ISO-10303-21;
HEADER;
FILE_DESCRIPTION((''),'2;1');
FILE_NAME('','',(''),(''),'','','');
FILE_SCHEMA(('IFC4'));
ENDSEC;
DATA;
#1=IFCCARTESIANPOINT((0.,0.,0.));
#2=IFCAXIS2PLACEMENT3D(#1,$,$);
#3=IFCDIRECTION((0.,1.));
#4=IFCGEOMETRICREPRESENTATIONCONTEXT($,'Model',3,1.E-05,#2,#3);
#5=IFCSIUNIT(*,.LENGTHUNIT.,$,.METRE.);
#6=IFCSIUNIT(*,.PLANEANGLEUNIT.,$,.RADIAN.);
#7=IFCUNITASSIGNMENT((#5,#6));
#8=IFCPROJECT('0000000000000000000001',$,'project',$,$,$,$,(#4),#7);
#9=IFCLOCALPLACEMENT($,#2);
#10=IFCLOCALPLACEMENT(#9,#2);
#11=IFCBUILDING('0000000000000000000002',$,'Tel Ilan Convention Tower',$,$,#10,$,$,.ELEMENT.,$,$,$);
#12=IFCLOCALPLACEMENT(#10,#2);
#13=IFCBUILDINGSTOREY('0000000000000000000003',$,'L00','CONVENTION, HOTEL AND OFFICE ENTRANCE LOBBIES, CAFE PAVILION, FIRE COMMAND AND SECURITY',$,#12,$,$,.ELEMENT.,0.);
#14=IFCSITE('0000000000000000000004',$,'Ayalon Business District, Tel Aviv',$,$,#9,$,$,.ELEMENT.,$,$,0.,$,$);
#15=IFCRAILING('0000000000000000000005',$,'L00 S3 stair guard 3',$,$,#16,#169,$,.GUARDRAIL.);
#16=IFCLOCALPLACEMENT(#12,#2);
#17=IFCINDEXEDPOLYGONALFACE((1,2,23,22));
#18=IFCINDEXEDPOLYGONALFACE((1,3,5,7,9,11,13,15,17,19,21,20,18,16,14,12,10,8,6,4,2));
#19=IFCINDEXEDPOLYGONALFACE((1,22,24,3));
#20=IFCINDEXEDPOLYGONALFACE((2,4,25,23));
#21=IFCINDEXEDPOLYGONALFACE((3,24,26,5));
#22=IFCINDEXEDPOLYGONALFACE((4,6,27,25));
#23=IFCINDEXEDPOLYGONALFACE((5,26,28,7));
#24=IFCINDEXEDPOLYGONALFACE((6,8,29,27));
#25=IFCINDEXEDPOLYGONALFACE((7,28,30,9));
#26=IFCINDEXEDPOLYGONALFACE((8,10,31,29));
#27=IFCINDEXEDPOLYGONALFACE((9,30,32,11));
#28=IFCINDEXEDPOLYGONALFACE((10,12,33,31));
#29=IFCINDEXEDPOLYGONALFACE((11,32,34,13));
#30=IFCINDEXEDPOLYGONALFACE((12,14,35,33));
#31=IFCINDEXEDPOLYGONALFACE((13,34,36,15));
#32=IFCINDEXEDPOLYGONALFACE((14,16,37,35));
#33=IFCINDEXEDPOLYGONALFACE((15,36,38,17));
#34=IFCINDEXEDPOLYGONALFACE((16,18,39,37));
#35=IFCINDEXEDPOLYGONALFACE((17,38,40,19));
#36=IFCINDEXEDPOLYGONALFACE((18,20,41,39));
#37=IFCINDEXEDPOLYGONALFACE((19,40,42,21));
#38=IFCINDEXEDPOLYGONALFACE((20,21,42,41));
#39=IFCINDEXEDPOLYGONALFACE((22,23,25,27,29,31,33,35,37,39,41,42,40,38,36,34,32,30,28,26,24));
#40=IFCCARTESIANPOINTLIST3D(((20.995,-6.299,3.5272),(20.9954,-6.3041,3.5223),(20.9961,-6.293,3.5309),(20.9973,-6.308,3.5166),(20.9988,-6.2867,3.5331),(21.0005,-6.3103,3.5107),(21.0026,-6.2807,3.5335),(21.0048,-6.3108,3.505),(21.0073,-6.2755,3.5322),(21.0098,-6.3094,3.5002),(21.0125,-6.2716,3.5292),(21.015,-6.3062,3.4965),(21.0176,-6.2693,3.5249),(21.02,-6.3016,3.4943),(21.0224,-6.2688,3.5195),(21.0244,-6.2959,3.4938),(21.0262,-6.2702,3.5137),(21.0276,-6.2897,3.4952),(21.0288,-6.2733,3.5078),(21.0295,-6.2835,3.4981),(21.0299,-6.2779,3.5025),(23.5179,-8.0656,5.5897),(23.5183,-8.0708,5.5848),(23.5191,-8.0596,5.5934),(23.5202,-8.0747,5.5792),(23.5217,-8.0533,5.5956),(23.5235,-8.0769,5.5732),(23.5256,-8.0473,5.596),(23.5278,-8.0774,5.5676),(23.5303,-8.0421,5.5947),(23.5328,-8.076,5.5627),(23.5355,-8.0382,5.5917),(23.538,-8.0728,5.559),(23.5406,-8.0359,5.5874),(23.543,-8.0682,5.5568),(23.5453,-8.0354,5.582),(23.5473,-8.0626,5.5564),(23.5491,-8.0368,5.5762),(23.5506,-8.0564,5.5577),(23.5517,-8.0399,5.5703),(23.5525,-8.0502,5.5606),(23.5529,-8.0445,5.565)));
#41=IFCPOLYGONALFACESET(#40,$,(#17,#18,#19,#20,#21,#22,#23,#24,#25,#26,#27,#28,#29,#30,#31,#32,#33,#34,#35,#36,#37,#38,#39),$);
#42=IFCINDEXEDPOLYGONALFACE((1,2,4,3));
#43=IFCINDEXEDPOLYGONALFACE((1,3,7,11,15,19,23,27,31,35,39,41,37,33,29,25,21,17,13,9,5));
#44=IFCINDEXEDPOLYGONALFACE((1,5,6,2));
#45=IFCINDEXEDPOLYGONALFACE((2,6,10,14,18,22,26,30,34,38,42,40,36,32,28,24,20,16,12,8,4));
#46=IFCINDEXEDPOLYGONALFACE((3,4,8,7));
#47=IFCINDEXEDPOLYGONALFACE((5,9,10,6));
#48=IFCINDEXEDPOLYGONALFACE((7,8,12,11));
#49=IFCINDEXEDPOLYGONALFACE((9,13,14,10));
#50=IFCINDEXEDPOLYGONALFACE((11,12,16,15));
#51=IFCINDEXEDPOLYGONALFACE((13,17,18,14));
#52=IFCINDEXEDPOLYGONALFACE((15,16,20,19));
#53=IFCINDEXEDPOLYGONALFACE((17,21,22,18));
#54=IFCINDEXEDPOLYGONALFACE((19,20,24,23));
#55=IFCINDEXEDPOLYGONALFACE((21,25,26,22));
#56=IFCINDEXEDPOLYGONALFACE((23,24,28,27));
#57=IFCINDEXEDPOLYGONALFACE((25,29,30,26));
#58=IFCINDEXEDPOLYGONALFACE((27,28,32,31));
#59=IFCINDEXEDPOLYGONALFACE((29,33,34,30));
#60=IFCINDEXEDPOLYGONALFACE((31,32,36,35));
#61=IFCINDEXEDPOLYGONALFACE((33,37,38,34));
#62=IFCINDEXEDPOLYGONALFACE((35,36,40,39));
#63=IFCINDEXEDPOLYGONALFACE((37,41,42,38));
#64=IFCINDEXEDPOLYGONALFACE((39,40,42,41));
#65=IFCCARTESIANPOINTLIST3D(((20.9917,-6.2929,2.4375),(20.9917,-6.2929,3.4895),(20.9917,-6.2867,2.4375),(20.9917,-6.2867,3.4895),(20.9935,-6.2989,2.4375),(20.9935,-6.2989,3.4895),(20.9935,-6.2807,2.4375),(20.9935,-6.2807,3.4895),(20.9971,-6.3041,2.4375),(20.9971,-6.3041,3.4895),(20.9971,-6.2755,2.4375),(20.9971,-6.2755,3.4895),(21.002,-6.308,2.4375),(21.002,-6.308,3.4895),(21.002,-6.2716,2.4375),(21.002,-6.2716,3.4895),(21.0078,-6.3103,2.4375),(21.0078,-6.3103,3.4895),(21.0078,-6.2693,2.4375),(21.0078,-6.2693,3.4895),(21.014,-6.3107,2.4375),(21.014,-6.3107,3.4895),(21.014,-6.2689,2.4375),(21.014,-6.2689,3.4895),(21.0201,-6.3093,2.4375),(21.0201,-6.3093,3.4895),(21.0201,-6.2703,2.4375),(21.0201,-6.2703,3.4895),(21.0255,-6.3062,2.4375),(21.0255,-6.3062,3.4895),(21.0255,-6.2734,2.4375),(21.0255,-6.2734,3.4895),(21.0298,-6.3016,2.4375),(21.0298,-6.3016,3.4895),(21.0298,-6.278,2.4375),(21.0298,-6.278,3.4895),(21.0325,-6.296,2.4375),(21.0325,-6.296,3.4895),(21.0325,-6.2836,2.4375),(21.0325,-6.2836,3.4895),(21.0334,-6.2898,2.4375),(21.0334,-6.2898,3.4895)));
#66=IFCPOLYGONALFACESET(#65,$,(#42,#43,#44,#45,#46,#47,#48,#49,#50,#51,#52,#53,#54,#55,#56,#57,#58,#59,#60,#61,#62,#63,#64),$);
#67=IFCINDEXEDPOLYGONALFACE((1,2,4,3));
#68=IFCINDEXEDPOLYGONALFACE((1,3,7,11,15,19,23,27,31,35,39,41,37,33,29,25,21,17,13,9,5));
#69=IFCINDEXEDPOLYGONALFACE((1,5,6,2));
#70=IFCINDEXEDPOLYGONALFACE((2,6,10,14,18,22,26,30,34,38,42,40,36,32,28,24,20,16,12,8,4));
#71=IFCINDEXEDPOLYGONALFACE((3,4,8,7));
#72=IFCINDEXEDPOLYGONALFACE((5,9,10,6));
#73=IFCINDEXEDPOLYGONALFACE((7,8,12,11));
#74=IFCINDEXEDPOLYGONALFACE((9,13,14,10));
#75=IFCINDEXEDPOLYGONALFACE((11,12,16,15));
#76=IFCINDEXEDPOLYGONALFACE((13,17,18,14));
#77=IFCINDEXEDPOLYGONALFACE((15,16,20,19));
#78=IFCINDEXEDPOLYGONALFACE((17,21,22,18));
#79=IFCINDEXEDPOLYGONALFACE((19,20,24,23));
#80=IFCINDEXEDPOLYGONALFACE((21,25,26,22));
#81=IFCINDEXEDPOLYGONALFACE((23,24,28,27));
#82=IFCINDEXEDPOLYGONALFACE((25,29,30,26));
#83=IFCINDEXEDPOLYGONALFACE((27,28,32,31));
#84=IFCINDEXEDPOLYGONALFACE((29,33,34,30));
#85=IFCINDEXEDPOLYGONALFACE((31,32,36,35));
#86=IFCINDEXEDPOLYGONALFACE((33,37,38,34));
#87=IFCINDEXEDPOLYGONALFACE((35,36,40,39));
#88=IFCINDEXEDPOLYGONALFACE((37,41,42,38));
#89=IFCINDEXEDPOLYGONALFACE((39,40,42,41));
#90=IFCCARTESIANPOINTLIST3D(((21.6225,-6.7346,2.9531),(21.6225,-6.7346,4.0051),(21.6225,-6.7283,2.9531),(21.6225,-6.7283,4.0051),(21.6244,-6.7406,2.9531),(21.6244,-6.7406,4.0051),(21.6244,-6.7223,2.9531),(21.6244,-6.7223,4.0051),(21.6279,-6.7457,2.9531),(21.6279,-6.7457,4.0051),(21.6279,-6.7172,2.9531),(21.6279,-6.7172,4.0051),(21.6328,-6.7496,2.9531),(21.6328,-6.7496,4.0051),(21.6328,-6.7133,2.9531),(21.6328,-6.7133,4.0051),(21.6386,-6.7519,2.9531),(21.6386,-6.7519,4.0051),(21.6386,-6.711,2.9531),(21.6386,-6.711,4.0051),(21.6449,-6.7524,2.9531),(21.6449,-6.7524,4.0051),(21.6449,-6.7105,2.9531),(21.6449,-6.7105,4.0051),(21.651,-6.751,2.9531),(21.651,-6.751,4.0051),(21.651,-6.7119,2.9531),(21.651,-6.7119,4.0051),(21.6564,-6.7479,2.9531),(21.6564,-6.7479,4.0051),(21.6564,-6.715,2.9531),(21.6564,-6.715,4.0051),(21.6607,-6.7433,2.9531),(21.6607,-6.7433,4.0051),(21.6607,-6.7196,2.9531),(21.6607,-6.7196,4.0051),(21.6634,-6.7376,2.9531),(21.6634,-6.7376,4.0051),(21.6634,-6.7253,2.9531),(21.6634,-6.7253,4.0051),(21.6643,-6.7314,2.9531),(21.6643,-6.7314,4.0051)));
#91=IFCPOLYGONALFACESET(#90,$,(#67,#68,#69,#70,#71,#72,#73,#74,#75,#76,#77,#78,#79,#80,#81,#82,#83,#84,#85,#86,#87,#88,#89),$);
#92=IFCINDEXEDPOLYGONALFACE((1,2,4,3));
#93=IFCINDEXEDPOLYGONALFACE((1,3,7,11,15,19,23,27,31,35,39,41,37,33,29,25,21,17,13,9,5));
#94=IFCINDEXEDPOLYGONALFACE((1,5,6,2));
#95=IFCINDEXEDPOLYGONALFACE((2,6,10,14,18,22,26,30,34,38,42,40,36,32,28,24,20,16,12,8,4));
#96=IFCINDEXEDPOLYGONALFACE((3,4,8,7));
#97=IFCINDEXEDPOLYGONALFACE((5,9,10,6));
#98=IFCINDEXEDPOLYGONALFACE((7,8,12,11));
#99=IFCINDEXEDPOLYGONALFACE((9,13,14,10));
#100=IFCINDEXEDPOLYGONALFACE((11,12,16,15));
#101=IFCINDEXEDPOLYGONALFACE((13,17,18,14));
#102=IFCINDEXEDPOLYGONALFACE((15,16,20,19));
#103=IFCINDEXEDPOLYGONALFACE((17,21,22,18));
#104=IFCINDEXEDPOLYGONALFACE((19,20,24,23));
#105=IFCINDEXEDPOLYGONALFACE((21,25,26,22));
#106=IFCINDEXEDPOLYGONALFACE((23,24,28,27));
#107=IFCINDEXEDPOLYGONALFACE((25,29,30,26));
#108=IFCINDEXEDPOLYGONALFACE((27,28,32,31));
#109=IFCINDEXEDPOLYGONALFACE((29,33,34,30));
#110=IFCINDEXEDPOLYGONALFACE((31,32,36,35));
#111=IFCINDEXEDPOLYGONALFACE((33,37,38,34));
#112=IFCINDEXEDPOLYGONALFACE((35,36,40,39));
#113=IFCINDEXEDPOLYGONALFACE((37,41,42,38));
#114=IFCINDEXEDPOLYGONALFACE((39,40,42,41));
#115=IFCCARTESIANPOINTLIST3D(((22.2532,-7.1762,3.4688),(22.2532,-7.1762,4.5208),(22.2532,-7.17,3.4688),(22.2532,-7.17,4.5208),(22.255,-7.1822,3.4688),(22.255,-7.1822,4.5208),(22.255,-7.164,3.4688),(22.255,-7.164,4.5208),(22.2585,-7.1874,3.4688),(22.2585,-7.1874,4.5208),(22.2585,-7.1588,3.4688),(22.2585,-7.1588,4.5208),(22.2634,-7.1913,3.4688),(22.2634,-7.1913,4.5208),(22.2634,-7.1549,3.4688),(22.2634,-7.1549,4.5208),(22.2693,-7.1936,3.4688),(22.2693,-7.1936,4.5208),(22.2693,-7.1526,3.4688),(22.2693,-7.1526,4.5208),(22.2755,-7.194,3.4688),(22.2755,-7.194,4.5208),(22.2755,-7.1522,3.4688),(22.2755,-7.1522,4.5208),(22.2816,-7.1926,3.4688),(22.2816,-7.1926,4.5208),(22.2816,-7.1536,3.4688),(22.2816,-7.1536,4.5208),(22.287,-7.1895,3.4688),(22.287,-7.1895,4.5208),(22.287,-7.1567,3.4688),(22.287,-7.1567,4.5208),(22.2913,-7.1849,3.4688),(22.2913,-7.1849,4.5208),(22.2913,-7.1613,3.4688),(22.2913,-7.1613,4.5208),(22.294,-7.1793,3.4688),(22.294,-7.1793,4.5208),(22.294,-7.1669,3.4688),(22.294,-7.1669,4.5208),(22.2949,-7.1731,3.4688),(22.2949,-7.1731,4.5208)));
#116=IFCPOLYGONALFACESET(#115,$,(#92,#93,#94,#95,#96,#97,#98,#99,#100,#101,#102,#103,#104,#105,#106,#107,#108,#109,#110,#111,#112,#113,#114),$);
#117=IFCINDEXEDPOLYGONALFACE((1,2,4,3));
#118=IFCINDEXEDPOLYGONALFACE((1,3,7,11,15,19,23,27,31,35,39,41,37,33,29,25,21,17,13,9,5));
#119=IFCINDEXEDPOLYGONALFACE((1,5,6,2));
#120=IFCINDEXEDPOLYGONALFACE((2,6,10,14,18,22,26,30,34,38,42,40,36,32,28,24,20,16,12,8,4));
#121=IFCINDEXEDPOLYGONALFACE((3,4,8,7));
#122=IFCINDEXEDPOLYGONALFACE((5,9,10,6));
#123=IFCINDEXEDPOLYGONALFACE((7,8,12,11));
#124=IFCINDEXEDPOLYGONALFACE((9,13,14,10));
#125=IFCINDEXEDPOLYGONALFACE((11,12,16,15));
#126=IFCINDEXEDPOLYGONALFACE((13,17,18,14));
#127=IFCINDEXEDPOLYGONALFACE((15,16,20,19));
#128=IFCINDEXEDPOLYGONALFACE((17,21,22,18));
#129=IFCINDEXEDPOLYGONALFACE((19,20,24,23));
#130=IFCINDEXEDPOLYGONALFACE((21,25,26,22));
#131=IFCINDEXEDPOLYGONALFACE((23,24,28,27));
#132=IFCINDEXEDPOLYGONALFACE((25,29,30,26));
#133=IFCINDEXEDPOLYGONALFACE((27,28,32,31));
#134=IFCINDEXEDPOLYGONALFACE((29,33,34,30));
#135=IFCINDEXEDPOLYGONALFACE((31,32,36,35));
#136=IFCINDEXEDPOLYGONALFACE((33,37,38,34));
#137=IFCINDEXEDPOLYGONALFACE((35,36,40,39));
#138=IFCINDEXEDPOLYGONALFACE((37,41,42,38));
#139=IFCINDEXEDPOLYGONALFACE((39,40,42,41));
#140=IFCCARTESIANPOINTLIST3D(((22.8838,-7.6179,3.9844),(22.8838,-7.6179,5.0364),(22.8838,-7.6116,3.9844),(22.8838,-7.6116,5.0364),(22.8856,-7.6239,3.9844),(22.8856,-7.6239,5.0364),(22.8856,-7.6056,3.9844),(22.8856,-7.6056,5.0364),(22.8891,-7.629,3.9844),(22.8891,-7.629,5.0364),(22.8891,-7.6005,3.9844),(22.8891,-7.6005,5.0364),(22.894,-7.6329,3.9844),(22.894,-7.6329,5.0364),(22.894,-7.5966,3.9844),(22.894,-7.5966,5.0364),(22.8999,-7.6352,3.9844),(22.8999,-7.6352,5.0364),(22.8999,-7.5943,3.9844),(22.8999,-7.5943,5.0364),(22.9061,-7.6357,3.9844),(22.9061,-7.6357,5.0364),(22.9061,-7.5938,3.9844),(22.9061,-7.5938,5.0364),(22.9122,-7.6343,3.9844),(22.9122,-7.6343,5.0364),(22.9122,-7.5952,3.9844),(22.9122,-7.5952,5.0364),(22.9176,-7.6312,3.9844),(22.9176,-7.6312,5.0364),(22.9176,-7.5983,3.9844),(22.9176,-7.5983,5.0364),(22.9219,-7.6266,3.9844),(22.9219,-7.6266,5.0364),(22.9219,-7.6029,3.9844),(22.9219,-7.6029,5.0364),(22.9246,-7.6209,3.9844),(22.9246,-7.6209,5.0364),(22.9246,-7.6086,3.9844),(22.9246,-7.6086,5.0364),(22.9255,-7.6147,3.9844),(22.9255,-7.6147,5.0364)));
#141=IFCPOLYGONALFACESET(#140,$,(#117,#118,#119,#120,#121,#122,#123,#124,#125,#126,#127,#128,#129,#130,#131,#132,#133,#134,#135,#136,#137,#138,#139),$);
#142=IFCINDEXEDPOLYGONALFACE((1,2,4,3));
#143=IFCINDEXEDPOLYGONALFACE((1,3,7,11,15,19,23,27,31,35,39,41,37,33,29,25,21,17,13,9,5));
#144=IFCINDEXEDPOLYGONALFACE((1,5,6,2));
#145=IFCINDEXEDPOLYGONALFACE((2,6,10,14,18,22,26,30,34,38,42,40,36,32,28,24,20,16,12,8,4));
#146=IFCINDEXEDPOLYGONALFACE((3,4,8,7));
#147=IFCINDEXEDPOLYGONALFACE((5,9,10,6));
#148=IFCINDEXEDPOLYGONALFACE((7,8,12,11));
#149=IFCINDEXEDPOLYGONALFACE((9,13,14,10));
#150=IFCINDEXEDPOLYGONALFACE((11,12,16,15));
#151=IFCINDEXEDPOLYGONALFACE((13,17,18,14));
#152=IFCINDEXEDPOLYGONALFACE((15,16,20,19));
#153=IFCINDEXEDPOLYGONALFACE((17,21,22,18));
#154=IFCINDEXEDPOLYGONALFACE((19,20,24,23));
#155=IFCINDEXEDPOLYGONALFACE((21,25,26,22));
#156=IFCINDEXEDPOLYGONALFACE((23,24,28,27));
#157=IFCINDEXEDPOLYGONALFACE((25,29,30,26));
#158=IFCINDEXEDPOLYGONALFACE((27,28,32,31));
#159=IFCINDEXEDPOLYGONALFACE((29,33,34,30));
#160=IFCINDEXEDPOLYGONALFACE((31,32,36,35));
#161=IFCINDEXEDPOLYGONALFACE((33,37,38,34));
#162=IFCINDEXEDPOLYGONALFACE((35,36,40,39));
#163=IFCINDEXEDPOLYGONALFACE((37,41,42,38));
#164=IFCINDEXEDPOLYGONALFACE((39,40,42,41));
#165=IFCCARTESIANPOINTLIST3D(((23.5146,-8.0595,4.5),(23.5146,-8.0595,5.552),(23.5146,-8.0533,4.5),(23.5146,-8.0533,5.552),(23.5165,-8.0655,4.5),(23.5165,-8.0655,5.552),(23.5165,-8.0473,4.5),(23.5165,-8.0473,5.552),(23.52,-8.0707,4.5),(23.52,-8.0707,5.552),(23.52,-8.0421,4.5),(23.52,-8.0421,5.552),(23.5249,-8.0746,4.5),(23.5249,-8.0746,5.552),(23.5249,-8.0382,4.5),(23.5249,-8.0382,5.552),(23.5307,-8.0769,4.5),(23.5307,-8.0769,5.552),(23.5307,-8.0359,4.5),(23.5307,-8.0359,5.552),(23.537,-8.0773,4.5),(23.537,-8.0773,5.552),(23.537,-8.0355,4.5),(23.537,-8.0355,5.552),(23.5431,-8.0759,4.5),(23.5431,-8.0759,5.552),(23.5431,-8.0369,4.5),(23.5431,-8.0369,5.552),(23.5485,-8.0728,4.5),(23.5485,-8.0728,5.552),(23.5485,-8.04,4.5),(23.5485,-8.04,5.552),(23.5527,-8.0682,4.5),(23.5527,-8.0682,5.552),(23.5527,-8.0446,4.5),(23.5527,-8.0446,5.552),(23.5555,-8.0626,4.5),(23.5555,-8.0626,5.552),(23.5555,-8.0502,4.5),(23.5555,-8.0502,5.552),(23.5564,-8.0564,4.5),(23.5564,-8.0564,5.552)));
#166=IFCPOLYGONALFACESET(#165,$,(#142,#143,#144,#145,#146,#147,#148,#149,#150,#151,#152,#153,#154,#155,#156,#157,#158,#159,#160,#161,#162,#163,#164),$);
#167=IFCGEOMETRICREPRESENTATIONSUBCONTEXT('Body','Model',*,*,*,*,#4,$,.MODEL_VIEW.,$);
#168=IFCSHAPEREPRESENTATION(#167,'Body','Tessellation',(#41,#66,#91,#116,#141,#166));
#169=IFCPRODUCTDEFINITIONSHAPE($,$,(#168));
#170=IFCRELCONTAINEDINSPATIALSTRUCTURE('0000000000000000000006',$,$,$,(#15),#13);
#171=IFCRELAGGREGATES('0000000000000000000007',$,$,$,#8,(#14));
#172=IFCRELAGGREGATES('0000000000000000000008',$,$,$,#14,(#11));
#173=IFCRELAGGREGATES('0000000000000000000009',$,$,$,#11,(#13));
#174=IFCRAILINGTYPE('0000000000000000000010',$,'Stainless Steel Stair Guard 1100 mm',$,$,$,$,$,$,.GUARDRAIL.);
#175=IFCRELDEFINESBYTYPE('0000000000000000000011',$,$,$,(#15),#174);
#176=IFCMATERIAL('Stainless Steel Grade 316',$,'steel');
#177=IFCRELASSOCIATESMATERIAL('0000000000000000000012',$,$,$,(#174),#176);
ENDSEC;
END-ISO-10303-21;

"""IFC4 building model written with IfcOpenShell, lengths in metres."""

from ifc_helpers import new_model, si_unit, direction, frame, origin, origin_2d, place, context, subcontext, project, spatial, circle, extrude, material, type_object, element, save


model = new_model("IFC4")

# Units and contexts
model_context = context("Model", 3, precision=1e-05, world=origin(), true_north=direction((0.0, 1.0)))
body_context = subcontext(model_context, "Body", "Model", "MODEL_VIEW")
ifc_project = project(units=[si_unit("LENGTHUNIT", "METRE"), si_unit("PLANEANGLEUNIT", "RADIAN")], contexts=[model_context])

# Site, building, storey
site_placement = place(None, origin())
site = spatial("IfcSite", under=ifc_project, at=site_placement, Name="Ayalon Business District, Tel Aviv", CompositionType="ELEMENT", RefElevation=0.0)
building_placement = place(site_placement, origin())
building = spatial("IfcBuilding", under=site, at=building_placement, Name="Tel Ilan Convention Tower", CompositionType="ELEMENT")
storey_placement = place(building_placement, origin())
storey = spatial("IfcBuildingStorey", under=building, at=storey_placement, Name="L00", Description="CONVENTION, HOTEL AND OFFICE ENTRANCE LOBBIES, CAFE PAVILION, FIRE COMMAND AND SECURITY", CompositionType="ELEMENT", Elevation=0.0)

# Railing
ifc_material_1 = material(Name="Stainless Steel Grade 316", Category="steel")
railing_type_1 = type_object("IfcRailingType", Name="Stainless Steel Stair Guard 1100 mm", PredefinedType="GUARDRAIL", material=ifc_material_1)
railing_1_placement = place(storey_placement, frame((21.0125, -6.2898, 2.4375)))
element("IfcRailing", 1, at=railing_1_placement, inside=storey, type_object=railing_type_1, Name="L00 S3 stair guard 3", PredefinedType="GUARDRAIL", context=body_context, shape_type="SweptSolid", body=[
    extrude(circle(Radius=0.0239, at=origin_2d()), frame((0.0, 0.0, 1.0762), z_axis=(0.680635, -0.476589, 0.556416), x_axis=(0.573579, 0.81915, 0.0)), (0.0, 0.0, 1.0), 3.7068),
    extrude(circle(Radius=0.021, at=origin_2d()), origin(), (0.0, 0.0, 1.0), 1.052),
    extrude(circle(Radius=0.021, at=origin_2d()), frame((0.6309, -0.4417, 0.5156)), (0.0, 0.0, 1.0), 1.052),
    extrude(circle(Radius=0.021, at=origin_2d()), frame((1.2615, -0.8833, 1.0312)), (0.0, 0.0, 1.0), 1.052),
    extrude(circle(Radius=0.021, at=origin_2d()), frame((1.8921, -1.325, 1.5469)), (0.0, 0.0, 1.0), 1.052),
    extrude(circle(Radius=0.021, at=origin_2d()), frame((2.5229, -1.7666, 2.0625)), (0.0, 0.0, 1.0), 1.052),
])

save(model, "model.ifc")
